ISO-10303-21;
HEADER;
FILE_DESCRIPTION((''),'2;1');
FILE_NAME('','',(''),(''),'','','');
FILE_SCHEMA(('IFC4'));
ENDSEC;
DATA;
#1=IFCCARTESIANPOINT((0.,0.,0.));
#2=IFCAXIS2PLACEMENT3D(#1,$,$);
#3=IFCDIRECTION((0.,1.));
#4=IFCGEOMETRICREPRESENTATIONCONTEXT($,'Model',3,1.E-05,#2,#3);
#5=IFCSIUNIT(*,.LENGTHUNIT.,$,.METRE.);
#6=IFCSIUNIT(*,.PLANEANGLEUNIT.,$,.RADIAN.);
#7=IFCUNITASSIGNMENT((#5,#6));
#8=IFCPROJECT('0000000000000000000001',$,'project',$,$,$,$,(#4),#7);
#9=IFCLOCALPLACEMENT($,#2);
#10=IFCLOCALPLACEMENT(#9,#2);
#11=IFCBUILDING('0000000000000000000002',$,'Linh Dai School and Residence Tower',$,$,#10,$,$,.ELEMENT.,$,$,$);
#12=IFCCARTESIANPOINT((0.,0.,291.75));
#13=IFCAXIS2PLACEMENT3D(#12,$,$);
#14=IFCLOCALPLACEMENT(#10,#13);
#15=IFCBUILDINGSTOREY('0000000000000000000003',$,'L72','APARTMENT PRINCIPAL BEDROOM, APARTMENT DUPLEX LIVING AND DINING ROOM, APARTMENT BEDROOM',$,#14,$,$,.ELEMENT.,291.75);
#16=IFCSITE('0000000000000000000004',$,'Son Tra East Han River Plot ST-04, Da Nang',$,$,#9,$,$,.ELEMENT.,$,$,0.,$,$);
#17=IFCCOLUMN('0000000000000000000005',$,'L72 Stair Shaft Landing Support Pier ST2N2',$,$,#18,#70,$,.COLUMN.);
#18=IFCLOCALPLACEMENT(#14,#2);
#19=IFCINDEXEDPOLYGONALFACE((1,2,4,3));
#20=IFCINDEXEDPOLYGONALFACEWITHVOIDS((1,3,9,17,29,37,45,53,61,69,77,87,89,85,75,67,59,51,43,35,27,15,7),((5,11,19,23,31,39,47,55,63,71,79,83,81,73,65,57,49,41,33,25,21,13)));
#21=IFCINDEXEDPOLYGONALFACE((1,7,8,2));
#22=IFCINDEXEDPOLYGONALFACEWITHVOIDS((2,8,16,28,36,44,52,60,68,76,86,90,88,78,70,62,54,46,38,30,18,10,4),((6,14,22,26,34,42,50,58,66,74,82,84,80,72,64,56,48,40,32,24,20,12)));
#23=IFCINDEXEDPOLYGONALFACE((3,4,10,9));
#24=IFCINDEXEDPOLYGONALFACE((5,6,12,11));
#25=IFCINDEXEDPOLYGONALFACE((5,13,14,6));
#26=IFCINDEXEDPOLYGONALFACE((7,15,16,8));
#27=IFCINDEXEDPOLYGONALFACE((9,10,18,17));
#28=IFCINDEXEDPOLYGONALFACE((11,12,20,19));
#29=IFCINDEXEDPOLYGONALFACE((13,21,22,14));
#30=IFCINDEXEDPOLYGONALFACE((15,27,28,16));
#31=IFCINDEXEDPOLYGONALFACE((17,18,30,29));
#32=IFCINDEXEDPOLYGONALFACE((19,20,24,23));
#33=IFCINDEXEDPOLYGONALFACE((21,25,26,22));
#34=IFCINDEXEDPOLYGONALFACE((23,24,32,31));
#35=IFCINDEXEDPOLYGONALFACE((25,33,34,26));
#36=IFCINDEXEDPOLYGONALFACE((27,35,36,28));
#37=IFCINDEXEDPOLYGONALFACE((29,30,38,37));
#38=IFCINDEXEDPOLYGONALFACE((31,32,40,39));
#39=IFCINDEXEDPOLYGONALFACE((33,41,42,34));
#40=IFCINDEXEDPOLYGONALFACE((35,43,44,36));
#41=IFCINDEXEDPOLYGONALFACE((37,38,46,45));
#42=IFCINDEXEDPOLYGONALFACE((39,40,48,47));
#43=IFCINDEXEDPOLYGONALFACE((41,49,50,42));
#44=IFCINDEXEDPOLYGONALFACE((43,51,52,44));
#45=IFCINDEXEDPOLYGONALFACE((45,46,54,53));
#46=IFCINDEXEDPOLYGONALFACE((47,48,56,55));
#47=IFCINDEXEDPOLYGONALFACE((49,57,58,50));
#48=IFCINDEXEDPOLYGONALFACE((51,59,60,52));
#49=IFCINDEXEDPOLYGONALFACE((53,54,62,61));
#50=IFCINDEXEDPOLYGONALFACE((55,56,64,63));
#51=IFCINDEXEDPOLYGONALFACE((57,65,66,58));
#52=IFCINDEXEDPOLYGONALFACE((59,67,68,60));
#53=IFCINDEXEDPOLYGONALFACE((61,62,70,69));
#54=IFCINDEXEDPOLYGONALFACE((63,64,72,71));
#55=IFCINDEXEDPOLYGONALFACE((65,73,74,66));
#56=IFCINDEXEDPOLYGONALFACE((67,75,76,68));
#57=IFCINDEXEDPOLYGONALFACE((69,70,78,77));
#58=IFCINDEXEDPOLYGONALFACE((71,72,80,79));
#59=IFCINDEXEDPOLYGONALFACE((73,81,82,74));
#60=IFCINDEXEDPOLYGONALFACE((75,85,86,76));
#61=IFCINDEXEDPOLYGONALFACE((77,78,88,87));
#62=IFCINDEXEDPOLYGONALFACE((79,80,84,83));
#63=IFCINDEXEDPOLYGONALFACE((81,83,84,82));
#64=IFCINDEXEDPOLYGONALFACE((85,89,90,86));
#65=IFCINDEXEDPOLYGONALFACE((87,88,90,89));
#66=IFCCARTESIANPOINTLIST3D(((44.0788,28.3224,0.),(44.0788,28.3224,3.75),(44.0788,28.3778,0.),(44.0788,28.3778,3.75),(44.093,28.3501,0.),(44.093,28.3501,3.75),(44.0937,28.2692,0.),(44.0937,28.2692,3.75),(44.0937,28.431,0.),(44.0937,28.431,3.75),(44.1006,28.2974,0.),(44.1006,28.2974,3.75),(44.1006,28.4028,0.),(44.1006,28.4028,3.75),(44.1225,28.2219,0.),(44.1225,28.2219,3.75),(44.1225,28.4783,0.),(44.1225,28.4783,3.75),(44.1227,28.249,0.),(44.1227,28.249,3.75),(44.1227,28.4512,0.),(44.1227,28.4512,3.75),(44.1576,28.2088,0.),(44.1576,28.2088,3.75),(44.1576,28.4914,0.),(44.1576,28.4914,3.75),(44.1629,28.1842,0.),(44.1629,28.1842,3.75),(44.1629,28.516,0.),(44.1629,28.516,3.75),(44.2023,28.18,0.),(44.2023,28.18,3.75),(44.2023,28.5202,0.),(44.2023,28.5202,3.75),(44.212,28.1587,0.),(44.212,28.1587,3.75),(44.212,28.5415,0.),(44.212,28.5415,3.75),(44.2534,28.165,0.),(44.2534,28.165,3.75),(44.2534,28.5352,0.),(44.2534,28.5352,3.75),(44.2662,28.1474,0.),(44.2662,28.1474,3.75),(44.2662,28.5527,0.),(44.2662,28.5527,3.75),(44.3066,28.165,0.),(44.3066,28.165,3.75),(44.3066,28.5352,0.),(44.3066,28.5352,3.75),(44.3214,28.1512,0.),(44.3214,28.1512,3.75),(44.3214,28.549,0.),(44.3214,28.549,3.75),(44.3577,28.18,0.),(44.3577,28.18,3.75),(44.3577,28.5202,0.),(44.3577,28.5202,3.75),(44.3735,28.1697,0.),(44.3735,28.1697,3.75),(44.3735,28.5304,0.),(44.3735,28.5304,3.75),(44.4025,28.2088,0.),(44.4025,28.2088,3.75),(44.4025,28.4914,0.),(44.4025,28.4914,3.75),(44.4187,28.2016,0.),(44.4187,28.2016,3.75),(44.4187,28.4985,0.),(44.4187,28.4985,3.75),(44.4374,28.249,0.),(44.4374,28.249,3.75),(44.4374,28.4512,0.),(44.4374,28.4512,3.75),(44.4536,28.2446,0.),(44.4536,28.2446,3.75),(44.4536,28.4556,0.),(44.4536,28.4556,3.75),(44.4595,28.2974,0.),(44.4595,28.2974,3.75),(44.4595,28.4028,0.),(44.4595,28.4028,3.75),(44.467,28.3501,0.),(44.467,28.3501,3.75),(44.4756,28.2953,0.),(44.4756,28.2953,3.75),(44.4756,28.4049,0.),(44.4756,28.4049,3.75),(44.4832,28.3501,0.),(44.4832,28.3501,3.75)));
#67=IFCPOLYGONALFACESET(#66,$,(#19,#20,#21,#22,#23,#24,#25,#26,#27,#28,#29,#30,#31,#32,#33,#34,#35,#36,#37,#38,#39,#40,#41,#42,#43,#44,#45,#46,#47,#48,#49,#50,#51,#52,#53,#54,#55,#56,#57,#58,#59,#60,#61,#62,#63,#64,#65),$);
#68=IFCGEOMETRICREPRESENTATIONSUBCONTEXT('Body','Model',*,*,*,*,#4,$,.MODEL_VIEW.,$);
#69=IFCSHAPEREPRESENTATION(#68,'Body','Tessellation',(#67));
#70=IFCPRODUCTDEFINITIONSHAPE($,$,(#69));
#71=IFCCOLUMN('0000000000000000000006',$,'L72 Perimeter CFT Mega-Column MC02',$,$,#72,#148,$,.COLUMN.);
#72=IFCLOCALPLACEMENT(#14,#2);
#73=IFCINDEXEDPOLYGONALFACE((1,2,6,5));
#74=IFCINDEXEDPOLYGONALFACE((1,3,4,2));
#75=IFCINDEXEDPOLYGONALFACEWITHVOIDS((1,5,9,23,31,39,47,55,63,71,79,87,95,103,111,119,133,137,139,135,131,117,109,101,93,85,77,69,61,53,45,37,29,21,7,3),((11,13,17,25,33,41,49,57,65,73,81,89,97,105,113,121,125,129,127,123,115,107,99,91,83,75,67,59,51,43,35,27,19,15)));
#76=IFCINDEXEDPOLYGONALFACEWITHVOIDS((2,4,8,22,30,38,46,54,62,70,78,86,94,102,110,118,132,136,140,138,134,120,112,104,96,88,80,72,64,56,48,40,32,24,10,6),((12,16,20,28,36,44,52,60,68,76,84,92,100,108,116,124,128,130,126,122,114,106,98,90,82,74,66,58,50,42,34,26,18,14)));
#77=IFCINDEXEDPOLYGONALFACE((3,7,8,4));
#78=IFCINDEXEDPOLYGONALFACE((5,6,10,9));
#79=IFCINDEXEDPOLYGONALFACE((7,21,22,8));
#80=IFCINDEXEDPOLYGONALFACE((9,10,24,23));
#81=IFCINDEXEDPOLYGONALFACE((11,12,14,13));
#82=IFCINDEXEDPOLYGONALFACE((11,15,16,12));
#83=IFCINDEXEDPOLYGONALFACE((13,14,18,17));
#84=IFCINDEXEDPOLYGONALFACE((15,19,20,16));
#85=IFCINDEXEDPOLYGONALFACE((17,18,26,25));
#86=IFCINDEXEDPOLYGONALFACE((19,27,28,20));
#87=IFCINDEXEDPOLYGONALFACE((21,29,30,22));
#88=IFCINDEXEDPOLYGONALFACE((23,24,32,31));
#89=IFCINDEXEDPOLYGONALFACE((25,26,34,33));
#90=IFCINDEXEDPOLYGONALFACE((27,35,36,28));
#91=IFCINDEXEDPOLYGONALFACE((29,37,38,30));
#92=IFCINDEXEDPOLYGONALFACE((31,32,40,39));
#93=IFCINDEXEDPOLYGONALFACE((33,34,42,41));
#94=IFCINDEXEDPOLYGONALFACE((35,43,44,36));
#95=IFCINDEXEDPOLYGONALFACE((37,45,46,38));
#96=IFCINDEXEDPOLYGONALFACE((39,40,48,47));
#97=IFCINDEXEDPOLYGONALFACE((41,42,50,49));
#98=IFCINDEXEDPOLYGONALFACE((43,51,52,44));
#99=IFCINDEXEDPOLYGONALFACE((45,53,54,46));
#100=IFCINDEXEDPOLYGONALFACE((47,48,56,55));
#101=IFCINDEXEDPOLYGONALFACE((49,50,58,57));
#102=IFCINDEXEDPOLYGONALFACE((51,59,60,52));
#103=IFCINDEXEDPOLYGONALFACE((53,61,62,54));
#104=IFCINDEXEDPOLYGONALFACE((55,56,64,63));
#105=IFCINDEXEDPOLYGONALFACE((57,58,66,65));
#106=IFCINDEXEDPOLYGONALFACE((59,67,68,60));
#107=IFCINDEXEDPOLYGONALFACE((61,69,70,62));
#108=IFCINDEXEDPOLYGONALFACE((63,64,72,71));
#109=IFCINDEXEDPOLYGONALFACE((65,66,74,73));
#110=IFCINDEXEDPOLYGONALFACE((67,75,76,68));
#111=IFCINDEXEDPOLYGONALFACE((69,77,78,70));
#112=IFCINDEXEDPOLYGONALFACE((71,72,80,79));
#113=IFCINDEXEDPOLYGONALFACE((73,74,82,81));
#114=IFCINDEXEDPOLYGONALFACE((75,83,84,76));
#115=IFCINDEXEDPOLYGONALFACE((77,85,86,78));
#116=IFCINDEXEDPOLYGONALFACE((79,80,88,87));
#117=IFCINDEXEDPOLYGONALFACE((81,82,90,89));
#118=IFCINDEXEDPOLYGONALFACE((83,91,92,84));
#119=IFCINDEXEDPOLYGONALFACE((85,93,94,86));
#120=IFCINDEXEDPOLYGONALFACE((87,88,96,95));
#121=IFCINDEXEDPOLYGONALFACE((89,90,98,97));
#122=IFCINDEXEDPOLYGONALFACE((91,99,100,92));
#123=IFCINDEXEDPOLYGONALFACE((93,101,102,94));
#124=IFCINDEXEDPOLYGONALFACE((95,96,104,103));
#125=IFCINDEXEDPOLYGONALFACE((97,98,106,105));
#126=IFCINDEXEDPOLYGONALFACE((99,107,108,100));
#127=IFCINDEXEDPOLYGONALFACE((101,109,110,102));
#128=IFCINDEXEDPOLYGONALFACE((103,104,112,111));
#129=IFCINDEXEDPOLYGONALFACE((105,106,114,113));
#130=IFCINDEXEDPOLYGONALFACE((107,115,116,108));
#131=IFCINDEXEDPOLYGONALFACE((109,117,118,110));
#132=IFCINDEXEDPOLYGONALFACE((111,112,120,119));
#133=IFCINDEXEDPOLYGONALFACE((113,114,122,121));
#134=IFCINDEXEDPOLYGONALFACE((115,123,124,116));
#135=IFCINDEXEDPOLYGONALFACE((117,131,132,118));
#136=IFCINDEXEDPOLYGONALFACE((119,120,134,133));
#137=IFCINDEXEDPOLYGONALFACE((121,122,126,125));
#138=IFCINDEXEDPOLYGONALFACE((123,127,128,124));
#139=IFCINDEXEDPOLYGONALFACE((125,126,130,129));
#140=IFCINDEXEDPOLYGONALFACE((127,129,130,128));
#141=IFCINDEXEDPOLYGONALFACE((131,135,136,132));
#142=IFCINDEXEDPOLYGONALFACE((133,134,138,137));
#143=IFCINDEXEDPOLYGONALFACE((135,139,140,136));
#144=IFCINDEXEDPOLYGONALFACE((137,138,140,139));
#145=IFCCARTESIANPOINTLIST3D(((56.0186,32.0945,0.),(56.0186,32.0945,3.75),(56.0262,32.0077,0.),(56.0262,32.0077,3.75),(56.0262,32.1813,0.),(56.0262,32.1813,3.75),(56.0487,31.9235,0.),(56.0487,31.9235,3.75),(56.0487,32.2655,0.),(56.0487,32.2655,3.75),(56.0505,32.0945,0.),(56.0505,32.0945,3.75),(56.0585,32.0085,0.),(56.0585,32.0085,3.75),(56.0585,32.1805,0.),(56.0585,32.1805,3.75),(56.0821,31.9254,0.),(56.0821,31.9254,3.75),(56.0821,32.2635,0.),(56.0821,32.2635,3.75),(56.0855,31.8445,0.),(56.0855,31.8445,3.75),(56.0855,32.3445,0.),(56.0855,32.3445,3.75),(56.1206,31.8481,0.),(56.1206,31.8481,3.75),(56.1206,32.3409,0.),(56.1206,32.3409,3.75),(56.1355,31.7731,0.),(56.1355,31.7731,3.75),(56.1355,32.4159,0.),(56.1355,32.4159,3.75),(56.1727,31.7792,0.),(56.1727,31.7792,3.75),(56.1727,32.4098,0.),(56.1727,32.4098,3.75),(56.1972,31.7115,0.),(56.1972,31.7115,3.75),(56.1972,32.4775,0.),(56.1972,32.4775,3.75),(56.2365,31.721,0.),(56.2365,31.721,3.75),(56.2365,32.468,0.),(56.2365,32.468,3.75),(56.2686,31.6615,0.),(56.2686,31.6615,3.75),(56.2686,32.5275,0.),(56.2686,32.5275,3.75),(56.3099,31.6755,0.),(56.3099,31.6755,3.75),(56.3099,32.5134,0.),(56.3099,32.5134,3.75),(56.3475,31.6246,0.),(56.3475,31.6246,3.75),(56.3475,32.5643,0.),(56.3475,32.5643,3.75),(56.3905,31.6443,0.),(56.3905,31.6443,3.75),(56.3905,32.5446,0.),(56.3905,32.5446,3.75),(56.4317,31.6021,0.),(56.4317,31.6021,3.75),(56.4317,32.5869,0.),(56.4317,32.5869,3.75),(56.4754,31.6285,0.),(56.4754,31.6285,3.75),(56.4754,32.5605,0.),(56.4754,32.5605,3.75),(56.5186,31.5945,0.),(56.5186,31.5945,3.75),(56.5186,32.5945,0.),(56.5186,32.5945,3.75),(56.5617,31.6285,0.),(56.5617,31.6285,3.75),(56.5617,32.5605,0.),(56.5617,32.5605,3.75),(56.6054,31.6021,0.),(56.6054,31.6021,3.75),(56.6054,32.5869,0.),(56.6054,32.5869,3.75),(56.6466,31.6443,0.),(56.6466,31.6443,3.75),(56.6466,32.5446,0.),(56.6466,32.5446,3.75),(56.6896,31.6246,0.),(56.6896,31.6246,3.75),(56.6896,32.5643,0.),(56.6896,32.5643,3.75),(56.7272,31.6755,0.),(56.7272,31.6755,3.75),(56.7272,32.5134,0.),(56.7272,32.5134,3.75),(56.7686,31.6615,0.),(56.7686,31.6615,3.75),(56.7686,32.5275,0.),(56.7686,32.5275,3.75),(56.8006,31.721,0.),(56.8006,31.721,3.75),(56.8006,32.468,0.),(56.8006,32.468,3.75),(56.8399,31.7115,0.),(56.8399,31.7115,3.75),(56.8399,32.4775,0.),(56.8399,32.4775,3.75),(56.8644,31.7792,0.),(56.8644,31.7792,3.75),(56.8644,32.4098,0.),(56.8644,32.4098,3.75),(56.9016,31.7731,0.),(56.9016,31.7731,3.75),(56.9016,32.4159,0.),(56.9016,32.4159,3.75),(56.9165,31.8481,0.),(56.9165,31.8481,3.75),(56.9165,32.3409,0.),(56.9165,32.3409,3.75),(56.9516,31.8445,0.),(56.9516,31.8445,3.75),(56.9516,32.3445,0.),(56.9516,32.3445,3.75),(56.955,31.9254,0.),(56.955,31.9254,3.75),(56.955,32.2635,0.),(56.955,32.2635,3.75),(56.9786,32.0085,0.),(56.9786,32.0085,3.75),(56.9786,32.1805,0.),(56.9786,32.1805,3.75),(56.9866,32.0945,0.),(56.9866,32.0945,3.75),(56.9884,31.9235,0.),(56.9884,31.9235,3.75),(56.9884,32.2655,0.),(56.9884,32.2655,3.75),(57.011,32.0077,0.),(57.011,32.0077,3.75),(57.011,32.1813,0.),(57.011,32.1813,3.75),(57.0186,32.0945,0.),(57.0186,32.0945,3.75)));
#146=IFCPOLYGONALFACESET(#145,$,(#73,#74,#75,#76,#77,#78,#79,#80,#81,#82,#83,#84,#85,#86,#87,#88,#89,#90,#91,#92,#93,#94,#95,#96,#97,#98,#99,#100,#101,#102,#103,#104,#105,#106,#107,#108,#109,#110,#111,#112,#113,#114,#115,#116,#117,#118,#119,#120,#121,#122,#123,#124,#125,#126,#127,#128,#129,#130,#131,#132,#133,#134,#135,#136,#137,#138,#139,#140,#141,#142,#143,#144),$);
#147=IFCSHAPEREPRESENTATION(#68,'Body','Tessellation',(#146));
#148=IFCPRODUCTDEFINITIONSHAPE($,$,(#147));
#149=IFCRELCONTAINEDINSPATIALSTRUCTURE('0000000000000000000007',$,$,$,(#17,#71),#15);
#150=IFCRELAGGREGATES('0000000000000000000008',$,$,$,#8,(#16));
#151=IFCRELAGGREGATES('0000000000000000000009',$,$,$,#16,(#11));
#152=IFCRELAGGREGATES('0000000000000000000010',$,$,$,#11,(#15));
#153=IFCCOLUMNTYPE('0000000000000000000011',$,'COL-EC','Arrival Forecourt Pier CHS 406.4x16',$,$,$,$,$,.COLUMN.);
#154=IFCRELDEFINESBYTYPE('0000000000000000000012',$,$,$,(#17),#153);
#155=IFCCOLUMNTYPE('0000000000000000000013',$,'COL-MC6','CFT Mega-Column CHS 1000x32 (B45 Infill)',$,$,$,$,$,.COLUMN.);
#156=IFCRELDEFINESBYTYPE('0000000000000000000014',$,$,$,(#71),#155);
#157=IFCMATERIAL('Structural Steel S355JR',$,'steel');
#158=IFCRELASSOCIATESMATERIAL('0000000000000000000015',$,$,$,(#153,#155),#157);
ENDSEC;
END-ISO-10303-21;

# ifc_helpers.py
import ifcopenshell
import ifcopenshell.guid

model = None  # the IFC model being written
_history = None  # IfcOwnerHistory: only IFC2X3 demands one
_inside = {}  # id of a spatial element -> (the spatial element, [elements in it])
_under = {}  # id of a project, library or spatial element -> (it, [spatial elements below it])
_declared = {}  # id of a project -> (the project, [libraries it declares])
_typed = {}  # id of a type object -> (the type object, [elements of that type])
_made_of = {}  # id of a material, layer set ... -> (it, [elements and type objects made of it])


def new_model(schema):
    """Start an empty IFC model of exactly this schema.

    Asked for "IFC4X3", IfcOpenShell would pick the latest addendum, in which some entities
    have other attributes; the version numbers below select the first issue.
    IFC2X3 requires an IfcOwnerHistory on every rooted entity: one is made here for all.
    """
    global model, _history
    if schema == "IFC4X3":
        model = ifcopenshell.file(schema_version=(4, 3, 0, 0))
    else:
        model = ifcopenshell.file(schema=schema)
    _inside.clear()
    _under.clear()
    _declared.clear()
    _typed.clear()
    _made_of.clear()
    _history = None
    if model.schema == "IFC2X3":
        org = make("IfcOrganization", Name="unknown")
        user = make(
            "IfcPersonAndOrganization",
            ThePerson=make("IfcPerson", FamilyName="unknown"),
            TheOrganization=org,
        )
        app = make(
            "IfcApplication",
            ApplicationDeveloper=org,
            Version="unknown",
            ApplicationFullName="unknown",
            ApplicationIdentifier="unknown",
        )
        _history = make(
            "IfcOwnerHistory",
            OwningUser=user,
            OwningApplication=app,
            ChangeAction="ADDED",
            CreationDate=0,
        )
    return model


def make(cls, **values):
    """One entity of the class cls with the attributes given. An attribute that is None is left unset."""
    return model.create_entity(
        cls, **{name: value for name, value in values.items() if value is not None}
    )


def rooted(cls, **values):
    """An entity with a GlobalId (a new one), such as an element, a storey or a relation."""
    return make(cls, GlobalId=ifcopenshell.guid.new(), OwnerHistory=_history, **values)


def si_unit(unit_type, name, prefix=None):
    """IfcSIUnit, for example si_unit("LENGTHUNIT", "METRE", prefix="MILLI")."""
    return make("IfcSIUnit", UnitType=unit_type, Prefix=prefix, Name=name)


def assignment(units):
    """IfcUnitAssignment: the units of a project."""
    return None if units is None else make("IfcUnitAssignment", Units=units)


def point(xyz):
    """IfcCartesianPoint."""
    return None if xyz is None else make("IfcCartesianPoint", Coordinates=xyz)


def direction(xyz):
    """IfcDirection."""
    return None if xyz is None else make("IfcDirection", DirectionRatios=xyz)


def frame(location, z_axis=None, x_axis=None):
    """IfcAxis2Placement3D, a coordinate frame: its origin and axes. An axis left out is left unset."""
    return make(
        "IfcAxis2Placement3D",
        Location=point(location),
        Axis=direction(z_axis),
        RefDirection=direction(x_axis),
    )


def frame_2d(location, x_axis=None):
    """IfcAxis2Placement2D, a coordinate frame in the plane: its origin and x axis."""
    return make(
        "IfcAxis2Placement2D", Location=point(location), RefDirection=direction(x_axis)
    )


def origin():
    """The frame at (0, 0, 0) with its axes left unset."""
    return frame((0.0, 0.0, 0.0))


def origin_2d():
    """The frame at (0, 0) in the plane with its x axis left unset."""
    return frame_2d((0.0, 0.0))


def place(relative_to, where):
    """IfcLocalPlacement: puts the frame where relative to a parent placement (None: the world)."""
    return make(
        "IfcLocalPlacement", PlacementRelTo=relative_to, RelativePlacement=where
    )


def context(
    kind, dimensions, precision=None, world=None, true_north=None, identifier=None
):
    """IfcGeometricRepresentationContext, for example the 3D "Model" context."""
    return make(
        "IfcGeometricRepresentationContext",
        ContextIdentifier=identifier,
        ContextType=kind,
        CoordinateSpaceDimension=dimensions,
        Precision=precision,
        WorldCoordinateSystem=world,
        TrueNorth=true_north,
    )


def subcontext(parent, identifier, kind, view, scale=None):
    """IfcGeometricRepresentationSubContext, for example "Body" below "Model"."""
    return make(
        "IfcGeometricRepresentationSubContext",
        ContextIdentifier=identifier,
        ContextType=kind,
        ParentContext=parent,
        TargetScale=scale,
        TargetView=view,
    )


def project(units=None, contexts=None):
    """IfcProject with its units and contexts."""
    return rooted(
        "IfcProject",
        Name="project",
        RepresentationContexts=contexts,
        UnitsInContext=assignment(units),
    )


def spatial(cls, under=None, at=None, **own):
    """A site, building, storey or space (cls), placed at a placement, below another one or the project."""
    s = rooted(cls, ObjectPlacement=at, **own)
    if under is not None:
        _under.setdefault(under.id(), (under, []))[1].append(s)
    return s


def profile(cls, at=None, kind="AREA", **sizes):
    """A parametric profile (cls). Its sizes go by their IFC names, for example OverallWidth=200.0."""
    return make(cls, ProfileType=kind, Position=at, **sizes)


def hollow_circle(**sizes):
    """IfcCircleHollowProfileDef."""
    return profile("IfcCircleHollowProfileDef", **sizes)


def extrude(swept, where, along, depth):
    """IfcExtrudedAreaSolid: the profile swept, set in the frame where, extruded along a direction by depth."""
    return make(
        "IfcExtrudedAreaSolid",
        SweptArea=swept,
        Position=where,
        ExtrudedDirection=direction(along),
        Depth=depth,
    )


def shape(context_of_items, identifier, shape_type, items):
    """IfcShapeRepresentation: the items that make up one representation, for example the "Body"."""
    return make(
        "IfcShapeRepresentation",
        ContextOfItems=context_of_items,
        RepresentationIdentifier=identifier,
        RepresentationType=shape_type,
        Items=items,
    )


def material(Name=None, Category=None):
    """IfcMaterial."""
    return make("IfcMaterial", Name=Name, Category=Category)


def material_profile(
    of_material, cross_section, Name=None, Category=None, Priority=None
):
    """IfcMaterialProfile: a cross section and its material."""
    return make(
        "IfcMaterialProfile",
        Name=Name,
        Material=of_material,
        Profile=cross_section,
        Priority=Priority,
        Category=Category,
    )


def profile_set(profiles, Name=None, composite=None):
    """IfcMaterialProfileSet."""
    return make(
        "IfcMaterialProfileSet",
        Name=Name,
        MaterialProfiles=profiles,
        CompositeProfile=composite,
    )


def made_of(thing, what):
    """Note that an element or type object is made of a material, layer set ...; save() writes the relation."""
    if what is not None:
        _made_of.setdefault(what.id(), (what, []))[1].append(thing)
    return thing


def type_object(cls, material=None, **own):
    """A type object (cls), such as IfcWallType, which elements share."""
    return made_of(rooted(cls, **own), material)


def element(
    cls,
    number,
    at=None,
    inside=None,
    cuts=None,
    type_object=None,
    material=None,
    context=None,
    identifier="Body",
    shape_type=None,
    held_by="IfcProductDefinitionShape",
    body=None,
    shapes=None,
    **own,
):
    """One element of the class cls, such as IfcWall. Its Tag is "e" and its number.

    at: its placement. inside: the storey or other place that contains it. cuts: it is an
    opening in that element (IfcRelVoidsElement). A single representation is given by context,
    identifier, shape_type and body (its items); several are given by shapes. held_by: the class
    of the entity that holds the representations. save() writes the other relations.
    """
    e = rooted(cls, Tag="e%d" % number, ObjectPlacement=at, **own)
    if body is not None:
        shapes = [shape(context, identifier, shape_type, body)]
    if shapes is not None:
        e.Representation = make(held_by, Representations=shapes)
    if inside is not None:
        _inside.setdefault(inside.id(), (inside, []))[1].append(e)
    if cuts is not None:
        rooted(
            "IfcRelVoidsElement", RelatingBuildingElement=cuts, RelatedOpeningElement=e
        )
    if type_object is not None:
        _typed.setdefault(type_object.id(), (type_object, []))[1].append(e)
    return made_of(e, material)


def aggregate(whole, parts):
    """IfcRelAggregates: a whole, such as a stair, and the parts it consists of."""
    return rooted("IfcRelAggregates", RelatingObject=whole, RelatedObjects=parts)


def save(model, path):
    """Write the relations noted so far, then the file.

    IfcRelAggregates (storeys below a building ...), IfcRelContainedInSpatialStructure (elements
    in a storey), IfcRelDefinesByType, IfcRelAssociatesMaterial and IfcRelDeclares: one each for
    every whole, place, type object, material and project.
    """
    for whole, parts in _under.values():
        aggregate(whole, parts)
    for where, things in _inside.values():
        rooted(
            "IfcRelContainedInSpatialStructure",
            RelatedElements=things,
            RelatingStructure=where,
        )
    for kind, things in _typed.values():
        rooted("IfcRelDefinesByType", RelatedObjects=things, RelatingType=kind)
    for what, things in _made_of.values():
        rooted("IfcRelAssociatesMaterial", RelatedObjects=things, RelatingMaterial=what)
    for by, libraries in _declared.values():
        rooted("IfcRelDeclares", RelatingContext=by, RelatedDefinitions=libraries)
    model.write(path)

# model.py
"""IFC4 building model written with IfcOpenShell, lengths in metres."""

from ifc_helpers import new_model, si_unit, direction, frame, origin, origin_2d, place, context, subcontext, project, spatial, hollow_circle, extrude, material, material_profile, profile_set, type_object, element, save


model = new_model("IFC4")

# Units and contexts
model_context = context("Model", 3, precision=1e-05, world=origin(), true_north=direction((0.0, 1.0)))
body_context = subcontext(model_context, "Body", "Model", "MODEL_VIEW")
ifc_project = project(units=[si_unit("LENGTHUNIT", "METRE"), si_unit("PLANEANGLEUNIT", "RADIAN")], contexts=[model_context])

# Site, building, storey
site_placement = place(None, origin())
site = spatial("IfcSite", under=ifc_project, at=site_placement, Name="Son Tra East Han River Plot ST-04, Da Nang", CompositionType="ELEMENT", RefElevation=0.0)
building_placement = place(site_placement, origin())
building = spatial("IfcBuilding", under=site, at=building_placement, Name="Linh Dai School and Residence Tower", CompositionType="ELEMENT")
storey_placement = place(building_placement, frame((0.0, 0.0, 291.75)))
storey = spatial("IfcBuildingStorey", under=building, at=storey_placement, Name="L72", Description="APARTMENT PRINCIPAL BEDROOM, APARTMENT DUPLEX LIVING AND DINING ROOM, APARTMENT BEDROOM", CompositionType="ELEMENT", Elevation=291.75)

# Columns
ifc_material_1 = material(Name="Structural Steel S355JR", Category="steel")
ifc_material_profile_1 = material_profile(ifc_material_1, hollow_circle(Radius=0.2031, WallThickness=0.0161, at=origin_2d()), Name="CHS 406.4x16")
ifc_profile_set_1 = profile_set([ifc_material_profile_1], Name="Structural Steel S355JR")
column_type_1 = type_object("IfcColumnType", Name="COL-EC", Description="Arrival Forecourt Pier CHS 406.4x16", PredefinedType="COLUMN", material=ifc_profile_set_1)
column_1_placement = place(storey_placement, frame((44.28, 28.3501, 0.0), z_axis=(0.0, 0.0, 1.0), x_axis=(1.0, 0.0, 0.0)))
element("IfcColumn", 1, at=column_1_placement, inside=storey, type_object=column_type_1, Name="L72 Stair Shaft Landing Support Pier ST2N2", PredefinedType="COLUMN", context=body_context, shape_type="SweptSolid", body=[
    extrude(hollow_circle(Radius=0.2031, WallThickness=0.0161, at=origin_2d()), origin(), (0.0, 0.0, 1.0), 3.75),
])
ifc_material_profile_2 = material_profile(ifc_material_1, hollow_circle(Radius=0.5, WallThickness=0.032, at=origin_2d()), Name="CHS 1000x32")
ifc_profile_set_2 = profile_set([ifc_material_profile_2], Name="Structural Steel S355JR")
column_type_2 = type_object("IfcColumnType", Name="COL-MC6", Description="CFT Mega-Column CHS 1000x32 (B45 Infill)", PredefinedType="COLUMN", material=ifc_profile_set_2)
column_2_placement = place(storey_placement, frame((56.5186, 32.0945, 0.0), z_axis=(0.0, 0.0, 1.0), x_axis=(1.0, 0.0, 0.0)))
element("IfcColumn", 2, at=column_2_placement, inside=storey, type_object=column_type_2, Name="L72 Perimeter CFT Mega-Column MC02", PredefinedType="COLUMN", context=body_context, shape_type="SweptSolid", body=[
    extrude(hollow_circle(Radius=0.5, WallThickness=0.032, at=origin_2d()), origin(), (0.0, 0.0, 1.0), 3.75),
])

save(model, "model.ifc")
